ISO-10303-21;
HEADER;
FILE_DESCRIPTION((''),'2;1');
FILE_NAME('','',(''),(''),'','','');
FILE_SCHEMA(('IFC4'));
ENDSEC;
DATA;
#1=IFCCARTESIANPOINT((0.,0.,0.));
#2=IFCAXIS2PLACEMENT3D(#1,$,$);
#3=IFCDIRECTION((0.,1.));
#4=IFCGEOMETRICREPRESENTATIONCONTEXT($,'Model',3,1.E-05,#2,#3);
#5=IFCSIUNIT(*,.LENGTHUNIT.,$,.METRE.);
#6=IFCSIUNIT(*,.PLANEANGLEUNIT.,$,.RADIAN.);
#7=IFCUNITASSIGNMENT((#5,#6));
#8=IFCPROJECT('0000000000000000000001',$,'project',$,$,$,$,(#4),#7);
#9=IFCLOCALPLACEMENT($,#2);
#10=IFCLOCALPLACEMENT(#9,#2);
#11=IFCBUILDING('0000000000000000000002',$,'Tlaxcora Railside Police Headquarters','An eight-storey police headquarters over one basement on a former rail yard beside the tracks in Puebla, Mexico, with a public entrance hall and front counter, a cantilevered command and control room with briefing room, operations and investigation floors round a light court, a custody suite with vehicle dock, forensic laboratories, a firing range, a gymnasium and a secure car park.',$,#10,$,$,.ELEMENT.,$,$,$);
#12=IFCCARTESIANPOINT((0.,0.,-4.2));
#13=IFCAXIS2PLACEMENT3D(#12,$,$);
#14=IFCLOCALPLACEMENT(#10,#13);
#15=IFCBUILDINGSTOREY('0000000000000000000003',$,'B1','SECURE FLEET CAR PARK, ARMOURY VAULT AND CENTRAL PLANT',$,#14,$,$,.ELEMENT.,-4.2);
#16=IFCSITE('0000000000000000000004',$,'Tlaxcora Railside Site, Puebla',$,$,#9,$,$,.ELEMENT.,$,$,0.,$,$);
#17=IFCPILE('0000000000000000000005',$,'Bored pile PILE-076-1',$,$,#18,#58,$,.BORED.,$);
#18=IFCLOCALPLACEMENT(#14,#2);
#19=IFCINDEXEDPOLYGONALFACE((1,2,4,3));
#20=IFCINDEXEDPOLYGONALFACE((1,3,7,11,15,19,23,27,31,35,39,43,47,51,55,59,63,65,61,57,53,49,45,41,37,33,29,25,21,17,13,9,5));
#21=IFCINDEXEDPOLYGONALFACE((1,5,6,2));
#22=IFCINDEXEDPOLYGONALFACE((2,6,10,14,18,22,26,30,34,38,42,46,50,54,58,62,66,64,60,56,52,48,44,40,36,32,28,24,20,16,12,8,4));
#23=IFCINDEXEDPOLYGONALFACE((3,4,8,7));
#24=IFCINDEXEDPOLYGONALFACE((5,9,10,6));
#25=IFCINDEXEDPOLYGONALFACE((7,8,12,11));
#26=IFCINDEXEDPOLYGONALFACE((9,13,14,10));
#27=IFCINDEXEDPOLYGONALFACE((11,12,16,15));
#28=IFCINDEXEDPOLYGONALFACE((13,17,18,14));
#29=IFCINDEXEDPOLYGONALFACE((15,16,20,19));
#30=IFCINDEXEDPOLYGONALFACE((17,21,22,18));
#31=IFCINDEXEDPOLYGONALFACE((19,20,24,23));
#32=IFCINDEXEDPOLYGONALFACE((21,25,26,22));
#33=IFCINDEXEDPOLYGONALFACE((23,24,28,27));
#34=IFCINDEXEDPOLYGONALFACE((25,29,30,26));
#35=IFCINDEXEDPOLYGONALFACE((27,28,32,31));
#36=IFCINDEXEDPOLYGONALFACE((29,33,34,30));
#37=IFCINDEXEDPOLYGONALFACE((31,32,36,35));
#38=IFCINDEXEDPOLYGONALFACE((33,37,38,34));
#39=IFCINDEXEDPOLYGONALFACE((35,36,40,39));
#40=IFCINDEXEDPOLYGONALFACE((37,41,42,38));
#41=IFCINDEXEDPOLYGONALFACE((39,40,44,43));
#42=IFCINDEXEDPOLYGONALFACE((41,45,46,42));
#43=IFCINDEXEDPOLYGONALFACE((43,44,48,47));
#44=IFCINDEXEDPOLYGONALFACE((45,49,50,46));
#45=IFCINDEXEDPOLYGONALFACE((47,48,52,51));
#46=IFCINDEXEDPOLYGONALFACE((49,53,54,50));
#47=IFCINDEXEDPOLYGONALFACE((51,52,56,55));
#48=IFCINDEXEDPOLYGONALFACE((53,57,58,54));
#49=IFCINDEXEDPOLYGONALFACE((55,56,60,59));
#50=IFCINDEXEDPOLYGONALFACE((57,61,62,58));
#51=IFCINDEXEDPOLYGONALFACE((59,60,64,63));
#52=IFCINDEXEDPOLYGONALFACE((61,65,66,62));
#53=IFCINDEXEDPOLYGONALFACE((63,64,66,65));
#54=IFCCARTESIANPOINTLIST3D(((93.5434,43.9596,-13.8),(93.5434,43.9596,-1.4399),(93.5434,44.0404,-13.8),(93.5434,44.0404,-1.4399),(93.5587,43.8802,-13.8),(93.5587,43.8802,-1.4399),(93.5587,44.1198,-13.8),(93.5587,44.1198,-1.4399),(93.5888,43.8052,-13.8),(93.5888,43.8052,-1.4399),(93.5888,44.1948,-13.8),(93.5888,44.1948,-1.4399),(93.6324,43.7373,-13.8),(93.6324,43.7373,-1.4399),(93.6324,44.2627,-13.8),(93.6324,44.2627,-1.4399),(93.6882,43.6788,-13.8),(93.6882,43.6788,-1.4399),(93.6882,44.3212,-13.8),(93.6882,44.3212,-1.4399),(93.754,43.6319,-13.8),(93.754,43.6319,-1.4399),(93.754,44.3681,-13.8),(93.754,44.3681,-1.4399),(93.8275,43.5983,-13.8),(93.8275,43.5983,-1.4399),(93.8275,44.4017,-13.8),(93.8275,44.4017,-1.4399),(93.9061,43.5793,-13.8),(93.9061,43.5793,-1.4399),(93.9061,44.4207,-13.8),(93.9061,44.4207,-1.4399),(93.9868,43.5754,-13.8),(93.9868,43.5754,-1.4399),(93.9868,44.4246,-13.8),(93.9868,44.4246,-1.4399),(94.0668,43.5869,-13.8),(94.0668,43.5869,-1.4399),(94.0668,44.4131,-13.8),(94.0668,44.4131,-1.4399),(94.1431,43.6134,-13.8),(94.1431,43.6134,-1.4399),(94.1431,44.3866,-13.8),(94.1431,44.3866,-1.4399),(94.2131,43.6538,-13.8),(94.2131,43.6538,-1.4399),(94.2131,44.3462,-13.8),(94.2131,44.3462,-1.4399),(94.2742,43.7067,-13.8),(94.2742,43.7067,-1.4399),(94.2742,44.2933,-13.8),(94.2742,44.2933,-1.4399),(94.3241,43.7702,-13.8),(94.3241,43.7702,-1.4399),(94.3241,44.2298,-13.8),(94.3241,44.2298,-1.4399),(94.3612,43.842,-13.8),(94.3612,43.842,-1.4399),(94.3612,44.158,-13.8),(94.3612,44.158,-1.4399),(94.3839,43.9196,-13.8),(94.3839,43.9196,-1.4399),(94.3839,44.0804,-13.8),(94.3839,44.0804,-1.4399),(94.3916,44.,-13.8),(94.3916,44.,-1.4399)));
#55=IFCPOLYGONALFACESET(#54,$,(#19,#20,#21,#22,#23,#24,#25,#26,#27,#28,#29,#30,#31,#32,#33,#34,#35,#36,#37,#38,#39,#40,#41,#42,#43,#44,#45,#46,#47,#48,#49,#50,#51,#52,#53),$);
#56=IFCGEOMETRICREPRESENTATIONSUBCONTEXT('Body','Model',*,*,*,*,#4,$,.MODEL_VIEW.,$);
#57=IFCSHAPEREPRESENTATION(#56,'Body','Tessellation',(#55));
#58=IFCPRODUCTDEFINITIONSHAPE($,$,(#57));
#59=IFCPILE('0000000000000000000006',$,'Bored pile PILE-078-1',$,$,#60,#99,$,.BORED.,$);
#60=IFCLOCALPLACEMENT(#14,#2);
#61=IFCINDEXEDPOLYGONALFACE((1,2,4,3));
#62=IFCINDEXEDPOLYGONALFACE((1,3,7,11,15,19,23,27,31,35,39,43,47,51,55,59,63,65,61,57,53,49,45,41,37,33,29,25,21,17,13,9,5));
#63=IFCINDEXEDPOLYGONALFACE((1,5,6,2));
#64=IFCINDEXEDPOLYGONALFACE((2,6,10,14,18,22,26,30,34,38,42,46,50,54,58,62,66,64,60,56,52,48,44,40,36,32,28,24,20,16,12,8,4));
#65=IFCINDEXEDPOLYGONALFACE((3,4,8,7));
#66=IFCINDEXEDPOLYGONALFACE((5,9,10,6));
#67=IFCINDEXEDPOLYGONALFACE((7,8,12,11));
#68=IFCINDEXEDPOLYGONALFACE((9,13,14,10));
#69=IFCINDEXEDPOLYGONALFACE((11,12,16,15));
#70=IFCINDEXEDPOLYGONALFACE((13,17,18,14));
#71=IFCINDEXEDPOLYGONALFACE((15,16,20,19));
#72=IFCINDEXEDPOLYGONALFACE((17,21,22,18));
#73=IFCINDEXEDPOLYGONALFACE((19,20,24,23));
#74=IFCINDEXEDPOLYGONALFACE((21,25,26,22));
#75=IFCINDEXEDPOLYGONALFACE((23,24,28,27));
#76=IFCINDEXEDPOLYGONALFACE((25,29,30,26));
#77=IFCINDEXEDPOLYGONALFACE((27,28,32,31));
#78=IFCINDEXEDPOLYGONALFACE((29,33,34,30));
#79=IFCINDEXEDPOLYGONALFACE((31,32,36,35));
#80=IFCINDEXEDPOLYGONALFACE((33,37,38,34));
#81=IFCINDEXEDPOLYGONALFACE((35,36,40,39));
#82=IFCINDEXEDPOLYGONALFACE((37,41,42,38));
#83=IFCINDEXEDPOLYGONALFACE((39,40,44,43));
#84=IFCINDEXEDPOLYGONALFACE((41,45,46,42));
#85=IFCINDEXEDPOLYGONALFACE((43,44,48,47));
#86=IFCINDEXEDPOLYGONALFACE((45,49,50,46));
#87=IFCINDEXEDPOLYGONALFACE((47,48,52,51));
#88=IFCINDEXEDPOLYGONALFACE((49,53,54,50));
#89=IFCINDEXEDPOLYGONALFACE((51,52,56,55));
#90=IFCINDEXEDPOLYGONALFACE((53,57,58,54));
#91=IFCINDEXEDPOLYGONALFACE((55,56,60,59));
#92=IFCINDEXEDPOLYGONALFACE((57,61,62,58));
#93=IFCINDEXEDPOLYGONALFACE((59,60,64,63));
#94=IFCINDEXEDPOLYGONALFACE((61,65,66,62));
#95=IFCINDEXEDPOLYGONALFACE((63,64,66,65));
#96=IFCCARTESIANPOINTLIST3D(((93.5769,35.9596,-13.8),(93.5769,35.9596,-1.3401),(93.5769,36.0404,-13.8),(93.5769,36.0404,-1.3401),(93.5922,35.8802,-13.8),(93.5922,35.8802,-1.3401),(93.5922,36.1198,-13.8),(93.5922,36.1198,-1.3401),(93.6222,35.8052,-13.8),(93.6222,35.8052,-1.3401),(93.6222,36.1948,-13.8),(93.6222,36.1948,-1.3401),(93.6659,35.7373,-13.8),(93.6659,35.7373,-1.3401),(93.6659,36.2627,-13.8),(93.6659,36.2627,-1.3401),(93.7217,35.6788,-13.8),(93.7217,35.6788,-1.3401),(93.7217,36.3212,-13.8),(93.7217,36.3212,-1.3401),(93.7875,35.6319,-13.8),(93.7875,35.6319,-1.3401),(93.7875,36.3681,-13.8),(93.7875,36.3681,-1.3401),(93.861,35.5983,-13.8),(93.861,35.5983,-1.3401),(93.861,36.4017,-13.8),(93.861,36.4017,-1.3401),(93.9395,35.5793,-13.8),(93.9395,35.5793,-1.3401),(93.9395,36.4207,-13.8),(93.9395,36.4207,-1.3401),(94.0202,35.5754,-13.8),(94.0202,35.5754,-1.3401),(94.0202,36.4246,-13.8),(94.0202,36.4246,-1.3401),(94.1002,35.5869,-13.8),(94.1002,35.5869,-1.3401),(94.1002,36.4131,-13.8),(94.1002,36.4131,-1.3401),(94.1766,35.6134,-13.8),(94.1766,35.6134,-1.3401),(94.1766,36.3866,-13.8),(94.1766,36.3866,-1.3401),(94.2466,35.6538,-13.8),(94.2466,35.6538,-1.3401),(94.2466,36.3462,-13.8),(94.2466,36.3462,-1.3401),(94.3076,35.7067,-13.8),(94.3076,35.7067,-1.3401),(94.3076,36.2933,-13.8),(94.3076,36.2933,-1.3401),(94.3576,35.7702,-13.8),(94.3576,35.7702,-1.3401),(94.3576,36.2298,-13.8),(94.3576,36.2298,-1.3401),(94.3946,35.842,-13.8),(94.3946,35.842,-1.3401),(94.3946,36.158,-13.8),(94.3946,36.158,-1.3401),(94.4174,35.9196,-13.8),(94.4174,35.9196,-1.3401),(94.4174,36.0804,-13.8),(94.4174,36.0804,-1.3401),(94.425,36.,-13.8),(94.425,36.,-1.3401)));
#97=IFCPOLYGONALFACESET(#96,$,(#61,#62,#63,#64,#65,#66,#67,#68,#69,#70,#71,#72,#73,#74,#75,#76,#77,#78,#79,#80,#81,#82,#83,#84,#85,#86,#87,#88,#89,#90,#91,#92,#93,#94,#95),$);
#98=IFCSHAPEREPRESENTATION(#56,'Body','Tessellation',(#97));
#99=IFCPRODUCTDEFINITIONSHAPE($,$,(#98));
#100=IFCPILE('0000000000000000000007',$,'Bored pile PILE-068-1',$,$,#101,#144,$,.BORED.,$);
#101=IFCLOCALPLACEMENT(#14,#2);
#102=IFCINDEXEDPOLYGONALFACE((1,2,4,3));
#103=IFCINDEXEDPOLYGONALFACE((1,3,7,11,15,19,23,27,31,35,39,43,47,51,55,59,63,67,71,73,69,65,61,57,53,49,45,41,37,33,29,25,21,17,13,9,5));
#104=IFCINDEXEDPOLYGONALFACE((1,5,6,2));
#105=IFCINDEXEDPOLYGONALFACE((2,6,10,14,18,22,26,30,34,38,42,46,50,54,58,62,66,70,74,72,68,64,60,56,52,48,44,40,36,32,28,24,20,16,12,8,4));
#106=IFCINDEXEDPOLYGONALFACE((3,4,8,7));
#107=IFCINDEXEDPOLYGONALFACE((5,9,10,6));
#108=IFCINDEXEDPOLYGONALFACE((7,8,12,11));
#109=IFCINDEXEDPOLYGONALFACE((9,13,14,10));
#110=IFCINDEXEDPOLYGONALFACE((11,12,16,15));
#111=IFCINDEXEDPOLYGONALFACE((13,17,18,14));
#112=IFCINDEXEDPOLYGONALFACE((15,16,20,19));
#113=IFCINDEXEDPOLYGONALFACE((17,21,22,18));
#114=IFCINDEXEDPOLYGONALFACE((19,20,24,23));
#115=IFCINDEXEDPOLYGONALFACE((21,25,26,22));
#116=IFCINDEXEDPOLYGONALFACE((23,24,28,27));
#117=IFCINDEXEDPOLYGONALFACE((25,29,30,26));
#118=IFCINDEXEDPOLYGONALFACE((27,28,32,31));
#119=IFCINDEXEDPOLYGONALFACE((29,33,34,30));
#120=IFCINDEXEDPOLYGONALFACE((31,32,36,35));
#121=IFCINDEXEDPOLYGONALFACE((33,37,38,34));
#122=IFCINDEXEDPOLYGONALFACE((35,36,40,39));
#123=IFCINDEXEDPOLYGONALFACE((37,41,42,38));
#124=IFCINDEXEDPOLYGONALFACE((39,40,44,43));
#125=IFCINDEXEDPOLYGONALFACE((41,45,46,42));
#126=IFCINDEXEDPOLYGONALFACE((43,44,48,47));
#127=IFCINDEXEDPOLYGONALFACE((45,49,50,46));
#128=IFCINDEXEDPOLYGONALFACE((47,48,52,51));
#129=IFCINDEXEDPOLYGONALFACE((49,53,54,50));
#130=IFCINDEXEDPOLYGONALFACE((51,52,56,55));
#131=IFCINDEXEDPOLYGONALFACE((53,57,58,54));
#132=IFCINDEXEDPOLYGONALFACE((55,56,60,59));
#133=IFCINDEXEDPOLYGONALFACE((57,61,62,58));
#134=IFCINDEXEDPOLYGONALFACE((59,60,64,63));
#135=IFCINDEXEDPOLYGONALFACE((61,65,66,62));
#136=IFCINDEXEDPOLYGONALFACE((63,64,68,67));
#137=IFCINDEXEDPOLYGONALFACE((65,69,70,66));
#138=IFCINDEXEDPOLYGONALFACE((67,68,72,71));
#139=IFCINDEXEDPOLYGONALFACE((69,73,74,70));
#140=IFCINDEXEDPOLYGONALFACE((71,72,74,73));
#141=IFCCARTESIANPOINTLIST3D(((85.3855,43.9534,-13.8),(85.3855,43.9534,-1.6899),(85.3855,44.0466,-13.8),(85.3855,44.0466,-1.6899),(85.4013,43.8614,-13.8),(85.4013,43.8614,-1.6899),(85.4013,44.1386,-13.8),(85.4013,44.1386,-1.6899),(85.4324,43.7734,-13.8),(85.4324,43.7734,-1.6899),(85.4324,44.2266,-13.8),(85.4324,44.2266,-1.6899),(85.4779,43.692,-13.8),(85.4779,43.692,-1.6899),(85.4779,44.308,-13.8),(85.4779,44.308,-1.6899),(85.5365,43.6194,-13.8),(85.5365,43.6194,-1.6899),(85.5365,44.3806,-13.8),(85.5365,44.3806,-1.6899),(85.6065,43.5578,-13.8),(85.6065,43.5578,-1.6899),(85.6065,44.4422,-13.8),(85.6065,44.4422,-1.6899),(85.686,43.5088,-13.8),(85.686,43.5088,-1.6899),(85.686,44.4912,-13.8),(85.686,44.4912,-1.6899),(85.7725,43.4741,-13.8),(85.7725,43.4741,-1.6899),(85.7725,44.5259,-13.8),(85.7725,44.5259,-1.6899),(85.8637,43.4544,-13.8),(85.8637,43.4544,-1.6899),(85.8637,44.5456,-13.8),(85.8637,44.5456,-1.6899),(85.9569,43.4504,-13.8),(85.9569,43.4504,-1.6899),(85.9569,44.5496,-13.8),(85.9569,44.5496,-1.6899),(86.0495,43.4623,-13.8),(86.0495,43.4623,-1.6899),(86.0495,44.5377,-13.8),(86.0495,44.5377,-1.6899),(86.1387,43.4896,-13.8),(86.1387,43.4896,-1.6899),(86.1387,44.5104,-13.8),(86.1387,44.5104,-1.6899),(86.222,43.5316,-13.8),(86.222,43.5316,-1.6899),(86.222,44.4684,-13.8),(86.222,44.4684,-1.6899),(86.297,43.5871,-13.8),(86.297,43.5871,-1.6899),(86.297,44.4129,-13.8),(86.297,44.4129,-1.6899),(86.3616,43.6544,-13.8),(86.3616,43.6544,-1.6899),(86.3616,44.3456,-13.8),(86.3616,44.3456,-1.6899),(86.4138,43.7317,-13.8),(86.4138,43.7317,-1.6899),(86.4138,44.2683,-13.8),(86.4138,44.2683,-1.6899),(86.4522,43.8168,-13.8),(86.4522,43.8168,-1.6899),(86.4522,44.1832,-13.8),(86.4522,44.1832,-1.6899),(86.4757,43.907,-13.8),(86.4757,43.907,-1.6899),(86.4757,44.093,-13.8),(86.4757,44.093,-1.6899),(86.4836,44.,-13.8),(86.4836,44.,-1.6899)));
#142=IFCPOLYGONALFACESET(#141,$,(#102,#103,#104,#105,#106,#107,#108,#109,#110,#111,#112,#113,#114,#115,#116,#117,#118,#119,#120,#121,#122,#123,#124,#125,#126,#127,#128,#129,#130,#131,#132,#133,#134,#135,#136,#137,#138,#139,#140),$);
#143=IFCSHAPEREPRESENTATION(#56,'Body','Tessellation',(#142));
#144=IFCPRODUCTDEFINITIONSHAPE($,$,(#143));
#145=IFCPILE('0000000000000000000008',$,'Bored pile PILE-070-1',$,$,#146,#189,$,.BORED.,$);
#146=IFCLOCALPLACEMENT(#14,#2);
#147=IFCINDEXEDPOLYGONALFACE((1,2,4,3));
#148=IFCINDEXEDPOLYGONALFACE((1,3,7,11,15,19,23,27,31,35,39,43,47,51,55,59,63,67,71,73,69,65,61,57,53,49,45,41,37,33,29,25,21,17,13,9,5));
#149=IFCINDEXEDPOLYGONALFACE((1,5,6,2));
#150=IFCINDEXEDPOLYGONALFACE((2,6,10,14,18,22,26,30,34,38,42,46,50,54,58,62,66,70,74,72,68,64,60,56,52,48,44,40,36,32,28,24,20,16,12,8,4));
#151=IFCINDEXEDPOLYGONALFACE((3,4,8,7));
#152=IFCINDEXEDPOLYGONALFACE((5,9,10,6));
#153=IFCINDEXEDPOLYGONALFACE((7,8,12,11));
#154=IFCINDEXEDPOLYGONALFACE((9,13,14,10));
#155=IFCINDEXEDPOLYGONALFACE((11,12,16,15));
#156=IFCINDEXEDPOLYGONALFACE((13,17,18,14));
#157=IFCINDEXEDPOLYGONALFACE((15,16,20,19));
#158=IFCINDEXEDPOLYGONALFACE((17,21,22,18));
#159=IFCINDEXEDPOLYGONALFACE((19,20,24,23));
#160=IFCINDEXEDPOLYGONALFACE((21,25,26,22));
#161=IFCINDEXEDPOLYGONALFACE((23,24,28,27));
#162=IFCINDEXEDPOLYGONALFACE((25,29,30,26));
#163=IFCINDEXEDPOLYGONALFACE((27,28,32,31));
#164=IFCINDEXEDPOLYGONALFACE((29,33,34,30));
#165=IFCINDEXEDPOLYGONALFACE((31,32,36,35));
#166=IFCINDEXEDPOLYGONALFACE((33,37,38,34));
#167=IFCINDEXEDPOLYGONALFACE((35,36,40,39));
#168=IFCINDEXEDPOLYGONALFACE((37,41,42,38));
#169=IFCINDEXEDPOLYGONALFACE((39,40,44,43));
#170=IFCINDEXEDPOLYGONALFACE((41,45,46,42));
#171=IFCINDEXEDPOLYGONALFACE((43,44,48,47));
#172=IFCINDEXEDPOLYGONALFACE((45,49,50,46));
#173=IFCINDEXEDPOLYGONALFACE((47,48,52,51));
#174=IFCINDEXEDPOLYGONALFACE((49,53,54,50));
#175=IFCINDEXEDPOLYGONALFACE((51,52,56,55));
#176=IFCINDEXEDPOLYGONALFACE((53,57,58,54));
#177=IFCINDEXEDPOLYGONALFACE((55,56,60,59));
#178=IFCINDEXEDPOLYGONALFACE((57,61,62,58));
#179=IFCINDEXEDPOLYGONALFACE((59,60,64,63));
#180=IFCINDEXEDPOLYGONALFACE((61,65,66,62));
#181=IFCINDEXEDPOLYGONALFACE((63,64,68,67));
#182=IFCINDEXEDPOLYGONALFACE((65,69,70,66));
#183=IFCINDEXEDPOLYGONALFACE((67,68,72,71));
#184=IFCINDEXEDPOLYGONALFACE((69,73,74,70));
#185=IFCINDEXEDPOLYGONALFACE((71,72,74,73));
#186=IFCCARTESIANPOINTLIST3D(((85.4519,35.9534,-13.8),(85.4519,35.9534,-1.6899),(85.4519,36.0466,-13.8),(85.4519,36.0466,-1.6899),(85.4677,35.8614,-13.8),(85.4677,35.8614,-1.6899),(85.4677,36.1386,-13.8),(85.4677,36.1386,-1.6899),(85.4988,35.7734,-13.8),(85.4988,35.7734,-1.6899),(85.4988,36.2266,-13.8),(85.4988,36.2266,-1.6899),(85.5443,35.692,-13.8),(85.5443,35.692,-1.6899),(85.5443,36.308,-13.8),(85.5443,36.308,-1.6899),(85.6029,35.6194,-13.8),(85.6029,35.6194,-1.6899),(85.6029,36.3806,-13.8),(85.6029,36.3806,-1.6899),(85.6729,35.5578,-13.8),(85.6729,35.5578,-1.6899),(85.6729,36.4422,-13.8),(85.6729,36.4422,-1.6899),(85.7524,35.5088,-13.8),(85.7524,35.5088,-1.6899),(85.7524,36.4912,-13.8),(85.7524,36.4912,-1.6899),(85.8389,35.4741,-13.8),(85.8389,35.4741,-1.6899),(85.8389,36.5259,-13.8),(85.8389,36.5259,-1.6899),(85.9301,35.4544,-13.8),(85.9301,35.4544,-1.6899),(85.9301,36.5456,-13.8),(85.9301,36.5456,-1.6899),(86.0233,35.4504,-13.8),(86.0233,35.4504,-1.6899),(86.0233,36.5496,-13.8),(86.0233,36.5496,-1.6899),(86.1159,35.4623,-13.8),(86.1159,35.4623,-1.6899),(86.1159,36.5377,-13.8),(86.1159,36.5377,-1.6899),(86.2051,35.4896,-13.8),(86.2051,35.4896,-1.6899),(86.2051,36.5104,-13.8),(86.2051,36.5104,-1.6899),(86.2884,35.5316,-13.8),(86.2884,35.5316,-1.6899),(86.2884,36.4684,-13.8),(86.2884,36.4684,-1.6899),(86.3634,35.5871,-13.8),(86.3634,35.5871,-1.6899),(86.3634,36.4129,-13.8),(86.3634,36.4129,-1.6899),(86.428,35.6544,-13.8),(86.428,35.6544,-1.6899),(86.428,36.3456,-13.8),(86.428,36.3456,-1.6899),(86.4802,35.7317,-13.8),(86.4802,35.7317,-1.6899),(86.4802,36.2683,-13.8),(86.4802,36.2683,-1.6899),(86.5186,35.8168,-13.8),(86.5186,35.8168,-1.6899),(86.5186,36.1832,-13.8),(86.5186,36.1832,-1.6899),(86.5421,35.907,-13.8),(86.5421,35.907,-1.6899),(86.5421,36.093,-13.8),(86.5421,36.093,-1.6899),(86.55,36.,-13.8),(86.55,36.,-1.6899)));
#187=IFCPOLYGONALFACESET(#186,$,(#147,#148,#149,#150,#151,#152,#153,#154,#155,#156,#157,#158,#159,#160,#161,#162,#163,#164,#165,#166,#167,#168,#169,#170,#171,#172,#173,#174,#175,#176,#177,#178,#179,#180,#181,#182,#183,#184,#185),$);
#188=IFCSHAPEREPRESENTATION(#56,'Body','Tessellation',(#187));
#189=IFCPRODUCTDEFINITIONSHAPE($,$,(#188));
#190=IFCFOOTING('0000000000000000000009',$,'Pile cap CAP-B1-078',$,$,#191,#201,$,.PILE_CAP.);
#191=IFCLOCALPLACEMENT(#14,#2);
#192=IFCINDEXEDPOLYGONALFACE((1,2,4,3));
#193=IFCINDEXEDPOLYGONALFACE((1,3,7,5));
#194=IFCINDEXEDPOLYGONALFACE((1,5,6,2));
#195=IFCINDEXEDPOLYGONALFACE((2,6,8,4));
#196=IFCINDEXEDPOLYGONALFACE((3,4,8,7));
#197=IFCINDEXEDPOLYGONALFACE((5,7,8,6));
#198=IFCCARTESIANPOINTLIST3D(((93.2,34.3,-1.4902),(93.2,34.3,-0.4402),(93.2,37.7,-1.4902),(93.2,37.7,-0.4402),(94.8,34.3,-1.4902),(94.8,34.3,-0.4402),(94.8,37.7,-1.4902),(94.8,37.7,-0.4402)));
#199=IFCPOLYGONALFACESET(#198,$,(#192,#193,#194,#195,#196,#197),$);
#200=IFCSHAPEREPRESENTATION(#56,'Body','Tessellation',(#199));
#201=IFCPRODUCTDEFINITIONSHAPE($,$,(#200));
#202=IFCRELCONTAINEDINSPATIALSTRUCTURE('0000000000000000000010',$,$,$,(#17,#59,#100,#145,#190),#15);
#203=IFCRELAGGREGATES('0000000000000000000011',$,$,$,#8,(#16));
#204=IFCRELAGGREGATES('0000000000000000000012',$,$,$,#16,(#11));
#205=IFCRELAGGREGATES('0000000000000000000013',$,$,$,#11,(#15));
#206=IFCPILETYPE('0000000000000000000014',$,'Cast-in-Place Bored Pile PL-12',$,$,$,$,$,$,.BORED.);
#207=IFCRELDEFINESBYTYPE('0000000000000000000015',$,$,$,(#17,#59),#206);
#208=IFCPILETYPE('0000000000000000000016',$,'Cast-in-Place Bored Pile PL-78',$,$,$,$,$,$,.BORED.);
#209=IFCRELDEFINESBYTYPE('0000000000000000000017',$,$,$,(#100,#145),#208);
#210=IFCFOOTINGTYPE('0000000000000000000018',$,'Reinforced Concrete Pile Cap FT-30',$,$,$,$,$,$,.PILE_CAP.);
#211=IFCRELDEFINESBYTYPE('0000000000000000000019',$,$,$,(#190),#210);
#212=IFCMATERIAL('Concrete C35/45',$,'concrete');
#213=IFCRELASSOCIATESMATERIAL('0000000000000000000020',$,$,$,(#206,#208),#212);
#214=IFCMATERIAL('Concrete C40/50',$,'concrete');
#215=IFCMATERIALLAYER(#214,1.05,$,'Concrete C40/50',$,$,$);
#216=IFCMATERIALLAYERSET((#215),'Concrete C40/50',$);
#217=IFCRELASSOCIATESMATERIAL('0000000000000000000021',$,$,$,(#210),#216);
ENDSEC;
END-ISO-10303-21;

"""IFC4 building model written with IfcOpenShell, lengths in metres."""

from ifc_helpers import new_model, si_unit, direction, frame, origin, origin_2d, place, context, subcontext, project, spatial, rectangle, circle, extrude, material, layer, layer_set, material_profile, profile_set, type_object, element, save


model = new_model("IFC4")

# Units and contexts
model_context = context("Model", 3, precision=1e-05, world=origin(), true_north=direction((0.0, 1.0)))
body_context = subcontext(model_context, "Body", "Model", "MODEL_VIEW")
ifc_project = project(units=[si_unit("LENGTHUNIT", "METRE"), si_unit("PLANEANGLEUNIT", "RADIAN")], contexts=[model_context])

# Site, building, storey
site_placement = place(None, origin())
site = spatial("IfcSite", under=ifc_project, at=site_placement, Name="Tlaxcora Railside Site, Puebla", CompositionType="ELEMENT", RefElevation=0.0)
building_placement = place(site_placement, origin())
building = spatial("IfcBuilding", under=site, at=building_placement, Name="Tlaxcora Railside Police Headquarters", Description="An eight-storey police headquarters over one basement on a former rail yard beside the tracks in Puebla, Mexico, with a public entrance hall and front counter, a cantilevered command and control room with briefing room, operations and investigation floors round a light court, a custody suite with vehicle dock, forensic laboratories, a firing range, a gymnasium and a secure car park.", CompositionType="ELEMENT")
storey_placement = place(building_placement, frame((0.0, 0.0, -4.2)))
storey = spatial("IfcBuildingStorey", under=building, at=storey_placement, Name="B1", Description="SECURE FLEET CAR PARK, ARMOURY VAULT AND CENTRAL PLANT", CompositionType="ELEMENT", Elevation=-4.2)

# Piles
ifc_material_1 = material(Name="Concrete C35/45", Category="concrete")
ifc_material_profile_1 = material_profile(ifc_material_1, circle(Radius=0.425, at=origin_2d()), Name="PILE850")
ifc_profile_set_1 = profile_set([ifc_material_profile_1], Name="Concrete C35/45")
pile_type_1 = type_object("IfcPileType", Name="Cast-in-Place Bored Pile PL-12", PredefinedType="BORED", material=ifc_profile_set_1)
pile_1_placement = place(storey_placement, frame((93.9666, 44.0, -1.4399), z_axis=(0.0, 0.0, -1.0), x_axis=(1.0, 0.0, 0.0)))
element("IfcPile", 1, at=pile_1_placement, inside=storey, type_object=pile_type_1, Name="Bored pile PILE-076-1", PredefinedType="BORED", context=body_context, shape_type="SweptSolid", body=[
    extrude(circle(Radius=0.425, at=origin_2d()), origin(), (0.0, 0.0, 1.0), 12.3601),
])
pile_2_placement = place(storey_placement, frame((94.0, 36.0, -1.3401), z_axis=(0.0, 0.0, -1.0), x_axis=(1.0, 0.0, 0.0)))
element("IfcPile", 2, at=pile_2_placement, inside=storey, type_object=pile_type_1, Name="Bored pile PILE-078-1", PredefinedType="BORED", context=body_context, shape_type="SweptSolid", body=[
    extrude(circle(Radius=0.425, at=origin_2d()), origin(), (0.0, 0.0, 1.0), 12.46),
])
ifc_material_profile_2 = material_profile(ifc_material_1, circle(Radius=0.55, at=origin_2d()), Name="PILE1100")
ifc_profile_set_2 = profile_set([ifc_material_profile_2], Name="Concrete C35/45")
pile_type_2 = type_object("IfcPileType", Name="Cast-in-Place Bored Pile PL-78", PredefinedType="BORED", material=ifc_profile_set_2)
for number, where, z_axis, x_axis, name in (
    (3, (85.9336, 44.0, -1.6899), (0.0, 0.0, -1.0), (1.0, 0.0, 0.0), "Bored pile PILE-068-1"),
    (4, (86.0, 36.0, -1.6899), (0.0, 0.0, -1.0), (1.0, 0.0, 0.0), "Bored pile PILE-070-1"),
):
    element("IfcPile", number, at=place(storey_placement, frame(where, z_axis=z_axis, x_axis=x_axis)), inside=storey, type_object=pile_type_2, Name=name, PredefinedType="BORED", context=body_context, shape_type="SweptSolid", body=[
        extrude(circle(Radius=0.55, at=origin_2d()), origin(), (0.0, 0.0, 1.0), 12.1101),
    ])

# Footing
ifc_material_2 = material(Name="Concrete C40/50", Category="concrete")
ifc_layer_1 = layer(ifc_material_2, 1.05, Name="Concrete C40/50")
ifc_layer_set_1 = layer_set([ifc_layer_1], Name="Concrete C40/50")
footing_type_1 = type_object("IfcFootingType", Name="Reinforced Concrete Pile Cap FT-30", PredefinedType="PILE_CAP", material=ifc_layer_set_1)
footing_1_placement = place(storey_placement, frame((94.0, 36.0, -1.4902), z_axis=(0.0, 0.0, 1.0), x_axis=(1.0, 0.0, 0.0)))
element("IfcFooting", 5, at=footing_1_placement, inside=storey, type_object=footing_type_1, Name="Pile cap CAP-B1-078", PredefinedType="PILE_CAP", context=body_context, shape_type="SweptSolid", body=[
    extrude(rectangle(XDim=1.6001, YDim=3.3999, at=origin_2d()), origin(), (0.0, 0.0, 1.0), 1.05),
])

save(model, "model.ifc")
